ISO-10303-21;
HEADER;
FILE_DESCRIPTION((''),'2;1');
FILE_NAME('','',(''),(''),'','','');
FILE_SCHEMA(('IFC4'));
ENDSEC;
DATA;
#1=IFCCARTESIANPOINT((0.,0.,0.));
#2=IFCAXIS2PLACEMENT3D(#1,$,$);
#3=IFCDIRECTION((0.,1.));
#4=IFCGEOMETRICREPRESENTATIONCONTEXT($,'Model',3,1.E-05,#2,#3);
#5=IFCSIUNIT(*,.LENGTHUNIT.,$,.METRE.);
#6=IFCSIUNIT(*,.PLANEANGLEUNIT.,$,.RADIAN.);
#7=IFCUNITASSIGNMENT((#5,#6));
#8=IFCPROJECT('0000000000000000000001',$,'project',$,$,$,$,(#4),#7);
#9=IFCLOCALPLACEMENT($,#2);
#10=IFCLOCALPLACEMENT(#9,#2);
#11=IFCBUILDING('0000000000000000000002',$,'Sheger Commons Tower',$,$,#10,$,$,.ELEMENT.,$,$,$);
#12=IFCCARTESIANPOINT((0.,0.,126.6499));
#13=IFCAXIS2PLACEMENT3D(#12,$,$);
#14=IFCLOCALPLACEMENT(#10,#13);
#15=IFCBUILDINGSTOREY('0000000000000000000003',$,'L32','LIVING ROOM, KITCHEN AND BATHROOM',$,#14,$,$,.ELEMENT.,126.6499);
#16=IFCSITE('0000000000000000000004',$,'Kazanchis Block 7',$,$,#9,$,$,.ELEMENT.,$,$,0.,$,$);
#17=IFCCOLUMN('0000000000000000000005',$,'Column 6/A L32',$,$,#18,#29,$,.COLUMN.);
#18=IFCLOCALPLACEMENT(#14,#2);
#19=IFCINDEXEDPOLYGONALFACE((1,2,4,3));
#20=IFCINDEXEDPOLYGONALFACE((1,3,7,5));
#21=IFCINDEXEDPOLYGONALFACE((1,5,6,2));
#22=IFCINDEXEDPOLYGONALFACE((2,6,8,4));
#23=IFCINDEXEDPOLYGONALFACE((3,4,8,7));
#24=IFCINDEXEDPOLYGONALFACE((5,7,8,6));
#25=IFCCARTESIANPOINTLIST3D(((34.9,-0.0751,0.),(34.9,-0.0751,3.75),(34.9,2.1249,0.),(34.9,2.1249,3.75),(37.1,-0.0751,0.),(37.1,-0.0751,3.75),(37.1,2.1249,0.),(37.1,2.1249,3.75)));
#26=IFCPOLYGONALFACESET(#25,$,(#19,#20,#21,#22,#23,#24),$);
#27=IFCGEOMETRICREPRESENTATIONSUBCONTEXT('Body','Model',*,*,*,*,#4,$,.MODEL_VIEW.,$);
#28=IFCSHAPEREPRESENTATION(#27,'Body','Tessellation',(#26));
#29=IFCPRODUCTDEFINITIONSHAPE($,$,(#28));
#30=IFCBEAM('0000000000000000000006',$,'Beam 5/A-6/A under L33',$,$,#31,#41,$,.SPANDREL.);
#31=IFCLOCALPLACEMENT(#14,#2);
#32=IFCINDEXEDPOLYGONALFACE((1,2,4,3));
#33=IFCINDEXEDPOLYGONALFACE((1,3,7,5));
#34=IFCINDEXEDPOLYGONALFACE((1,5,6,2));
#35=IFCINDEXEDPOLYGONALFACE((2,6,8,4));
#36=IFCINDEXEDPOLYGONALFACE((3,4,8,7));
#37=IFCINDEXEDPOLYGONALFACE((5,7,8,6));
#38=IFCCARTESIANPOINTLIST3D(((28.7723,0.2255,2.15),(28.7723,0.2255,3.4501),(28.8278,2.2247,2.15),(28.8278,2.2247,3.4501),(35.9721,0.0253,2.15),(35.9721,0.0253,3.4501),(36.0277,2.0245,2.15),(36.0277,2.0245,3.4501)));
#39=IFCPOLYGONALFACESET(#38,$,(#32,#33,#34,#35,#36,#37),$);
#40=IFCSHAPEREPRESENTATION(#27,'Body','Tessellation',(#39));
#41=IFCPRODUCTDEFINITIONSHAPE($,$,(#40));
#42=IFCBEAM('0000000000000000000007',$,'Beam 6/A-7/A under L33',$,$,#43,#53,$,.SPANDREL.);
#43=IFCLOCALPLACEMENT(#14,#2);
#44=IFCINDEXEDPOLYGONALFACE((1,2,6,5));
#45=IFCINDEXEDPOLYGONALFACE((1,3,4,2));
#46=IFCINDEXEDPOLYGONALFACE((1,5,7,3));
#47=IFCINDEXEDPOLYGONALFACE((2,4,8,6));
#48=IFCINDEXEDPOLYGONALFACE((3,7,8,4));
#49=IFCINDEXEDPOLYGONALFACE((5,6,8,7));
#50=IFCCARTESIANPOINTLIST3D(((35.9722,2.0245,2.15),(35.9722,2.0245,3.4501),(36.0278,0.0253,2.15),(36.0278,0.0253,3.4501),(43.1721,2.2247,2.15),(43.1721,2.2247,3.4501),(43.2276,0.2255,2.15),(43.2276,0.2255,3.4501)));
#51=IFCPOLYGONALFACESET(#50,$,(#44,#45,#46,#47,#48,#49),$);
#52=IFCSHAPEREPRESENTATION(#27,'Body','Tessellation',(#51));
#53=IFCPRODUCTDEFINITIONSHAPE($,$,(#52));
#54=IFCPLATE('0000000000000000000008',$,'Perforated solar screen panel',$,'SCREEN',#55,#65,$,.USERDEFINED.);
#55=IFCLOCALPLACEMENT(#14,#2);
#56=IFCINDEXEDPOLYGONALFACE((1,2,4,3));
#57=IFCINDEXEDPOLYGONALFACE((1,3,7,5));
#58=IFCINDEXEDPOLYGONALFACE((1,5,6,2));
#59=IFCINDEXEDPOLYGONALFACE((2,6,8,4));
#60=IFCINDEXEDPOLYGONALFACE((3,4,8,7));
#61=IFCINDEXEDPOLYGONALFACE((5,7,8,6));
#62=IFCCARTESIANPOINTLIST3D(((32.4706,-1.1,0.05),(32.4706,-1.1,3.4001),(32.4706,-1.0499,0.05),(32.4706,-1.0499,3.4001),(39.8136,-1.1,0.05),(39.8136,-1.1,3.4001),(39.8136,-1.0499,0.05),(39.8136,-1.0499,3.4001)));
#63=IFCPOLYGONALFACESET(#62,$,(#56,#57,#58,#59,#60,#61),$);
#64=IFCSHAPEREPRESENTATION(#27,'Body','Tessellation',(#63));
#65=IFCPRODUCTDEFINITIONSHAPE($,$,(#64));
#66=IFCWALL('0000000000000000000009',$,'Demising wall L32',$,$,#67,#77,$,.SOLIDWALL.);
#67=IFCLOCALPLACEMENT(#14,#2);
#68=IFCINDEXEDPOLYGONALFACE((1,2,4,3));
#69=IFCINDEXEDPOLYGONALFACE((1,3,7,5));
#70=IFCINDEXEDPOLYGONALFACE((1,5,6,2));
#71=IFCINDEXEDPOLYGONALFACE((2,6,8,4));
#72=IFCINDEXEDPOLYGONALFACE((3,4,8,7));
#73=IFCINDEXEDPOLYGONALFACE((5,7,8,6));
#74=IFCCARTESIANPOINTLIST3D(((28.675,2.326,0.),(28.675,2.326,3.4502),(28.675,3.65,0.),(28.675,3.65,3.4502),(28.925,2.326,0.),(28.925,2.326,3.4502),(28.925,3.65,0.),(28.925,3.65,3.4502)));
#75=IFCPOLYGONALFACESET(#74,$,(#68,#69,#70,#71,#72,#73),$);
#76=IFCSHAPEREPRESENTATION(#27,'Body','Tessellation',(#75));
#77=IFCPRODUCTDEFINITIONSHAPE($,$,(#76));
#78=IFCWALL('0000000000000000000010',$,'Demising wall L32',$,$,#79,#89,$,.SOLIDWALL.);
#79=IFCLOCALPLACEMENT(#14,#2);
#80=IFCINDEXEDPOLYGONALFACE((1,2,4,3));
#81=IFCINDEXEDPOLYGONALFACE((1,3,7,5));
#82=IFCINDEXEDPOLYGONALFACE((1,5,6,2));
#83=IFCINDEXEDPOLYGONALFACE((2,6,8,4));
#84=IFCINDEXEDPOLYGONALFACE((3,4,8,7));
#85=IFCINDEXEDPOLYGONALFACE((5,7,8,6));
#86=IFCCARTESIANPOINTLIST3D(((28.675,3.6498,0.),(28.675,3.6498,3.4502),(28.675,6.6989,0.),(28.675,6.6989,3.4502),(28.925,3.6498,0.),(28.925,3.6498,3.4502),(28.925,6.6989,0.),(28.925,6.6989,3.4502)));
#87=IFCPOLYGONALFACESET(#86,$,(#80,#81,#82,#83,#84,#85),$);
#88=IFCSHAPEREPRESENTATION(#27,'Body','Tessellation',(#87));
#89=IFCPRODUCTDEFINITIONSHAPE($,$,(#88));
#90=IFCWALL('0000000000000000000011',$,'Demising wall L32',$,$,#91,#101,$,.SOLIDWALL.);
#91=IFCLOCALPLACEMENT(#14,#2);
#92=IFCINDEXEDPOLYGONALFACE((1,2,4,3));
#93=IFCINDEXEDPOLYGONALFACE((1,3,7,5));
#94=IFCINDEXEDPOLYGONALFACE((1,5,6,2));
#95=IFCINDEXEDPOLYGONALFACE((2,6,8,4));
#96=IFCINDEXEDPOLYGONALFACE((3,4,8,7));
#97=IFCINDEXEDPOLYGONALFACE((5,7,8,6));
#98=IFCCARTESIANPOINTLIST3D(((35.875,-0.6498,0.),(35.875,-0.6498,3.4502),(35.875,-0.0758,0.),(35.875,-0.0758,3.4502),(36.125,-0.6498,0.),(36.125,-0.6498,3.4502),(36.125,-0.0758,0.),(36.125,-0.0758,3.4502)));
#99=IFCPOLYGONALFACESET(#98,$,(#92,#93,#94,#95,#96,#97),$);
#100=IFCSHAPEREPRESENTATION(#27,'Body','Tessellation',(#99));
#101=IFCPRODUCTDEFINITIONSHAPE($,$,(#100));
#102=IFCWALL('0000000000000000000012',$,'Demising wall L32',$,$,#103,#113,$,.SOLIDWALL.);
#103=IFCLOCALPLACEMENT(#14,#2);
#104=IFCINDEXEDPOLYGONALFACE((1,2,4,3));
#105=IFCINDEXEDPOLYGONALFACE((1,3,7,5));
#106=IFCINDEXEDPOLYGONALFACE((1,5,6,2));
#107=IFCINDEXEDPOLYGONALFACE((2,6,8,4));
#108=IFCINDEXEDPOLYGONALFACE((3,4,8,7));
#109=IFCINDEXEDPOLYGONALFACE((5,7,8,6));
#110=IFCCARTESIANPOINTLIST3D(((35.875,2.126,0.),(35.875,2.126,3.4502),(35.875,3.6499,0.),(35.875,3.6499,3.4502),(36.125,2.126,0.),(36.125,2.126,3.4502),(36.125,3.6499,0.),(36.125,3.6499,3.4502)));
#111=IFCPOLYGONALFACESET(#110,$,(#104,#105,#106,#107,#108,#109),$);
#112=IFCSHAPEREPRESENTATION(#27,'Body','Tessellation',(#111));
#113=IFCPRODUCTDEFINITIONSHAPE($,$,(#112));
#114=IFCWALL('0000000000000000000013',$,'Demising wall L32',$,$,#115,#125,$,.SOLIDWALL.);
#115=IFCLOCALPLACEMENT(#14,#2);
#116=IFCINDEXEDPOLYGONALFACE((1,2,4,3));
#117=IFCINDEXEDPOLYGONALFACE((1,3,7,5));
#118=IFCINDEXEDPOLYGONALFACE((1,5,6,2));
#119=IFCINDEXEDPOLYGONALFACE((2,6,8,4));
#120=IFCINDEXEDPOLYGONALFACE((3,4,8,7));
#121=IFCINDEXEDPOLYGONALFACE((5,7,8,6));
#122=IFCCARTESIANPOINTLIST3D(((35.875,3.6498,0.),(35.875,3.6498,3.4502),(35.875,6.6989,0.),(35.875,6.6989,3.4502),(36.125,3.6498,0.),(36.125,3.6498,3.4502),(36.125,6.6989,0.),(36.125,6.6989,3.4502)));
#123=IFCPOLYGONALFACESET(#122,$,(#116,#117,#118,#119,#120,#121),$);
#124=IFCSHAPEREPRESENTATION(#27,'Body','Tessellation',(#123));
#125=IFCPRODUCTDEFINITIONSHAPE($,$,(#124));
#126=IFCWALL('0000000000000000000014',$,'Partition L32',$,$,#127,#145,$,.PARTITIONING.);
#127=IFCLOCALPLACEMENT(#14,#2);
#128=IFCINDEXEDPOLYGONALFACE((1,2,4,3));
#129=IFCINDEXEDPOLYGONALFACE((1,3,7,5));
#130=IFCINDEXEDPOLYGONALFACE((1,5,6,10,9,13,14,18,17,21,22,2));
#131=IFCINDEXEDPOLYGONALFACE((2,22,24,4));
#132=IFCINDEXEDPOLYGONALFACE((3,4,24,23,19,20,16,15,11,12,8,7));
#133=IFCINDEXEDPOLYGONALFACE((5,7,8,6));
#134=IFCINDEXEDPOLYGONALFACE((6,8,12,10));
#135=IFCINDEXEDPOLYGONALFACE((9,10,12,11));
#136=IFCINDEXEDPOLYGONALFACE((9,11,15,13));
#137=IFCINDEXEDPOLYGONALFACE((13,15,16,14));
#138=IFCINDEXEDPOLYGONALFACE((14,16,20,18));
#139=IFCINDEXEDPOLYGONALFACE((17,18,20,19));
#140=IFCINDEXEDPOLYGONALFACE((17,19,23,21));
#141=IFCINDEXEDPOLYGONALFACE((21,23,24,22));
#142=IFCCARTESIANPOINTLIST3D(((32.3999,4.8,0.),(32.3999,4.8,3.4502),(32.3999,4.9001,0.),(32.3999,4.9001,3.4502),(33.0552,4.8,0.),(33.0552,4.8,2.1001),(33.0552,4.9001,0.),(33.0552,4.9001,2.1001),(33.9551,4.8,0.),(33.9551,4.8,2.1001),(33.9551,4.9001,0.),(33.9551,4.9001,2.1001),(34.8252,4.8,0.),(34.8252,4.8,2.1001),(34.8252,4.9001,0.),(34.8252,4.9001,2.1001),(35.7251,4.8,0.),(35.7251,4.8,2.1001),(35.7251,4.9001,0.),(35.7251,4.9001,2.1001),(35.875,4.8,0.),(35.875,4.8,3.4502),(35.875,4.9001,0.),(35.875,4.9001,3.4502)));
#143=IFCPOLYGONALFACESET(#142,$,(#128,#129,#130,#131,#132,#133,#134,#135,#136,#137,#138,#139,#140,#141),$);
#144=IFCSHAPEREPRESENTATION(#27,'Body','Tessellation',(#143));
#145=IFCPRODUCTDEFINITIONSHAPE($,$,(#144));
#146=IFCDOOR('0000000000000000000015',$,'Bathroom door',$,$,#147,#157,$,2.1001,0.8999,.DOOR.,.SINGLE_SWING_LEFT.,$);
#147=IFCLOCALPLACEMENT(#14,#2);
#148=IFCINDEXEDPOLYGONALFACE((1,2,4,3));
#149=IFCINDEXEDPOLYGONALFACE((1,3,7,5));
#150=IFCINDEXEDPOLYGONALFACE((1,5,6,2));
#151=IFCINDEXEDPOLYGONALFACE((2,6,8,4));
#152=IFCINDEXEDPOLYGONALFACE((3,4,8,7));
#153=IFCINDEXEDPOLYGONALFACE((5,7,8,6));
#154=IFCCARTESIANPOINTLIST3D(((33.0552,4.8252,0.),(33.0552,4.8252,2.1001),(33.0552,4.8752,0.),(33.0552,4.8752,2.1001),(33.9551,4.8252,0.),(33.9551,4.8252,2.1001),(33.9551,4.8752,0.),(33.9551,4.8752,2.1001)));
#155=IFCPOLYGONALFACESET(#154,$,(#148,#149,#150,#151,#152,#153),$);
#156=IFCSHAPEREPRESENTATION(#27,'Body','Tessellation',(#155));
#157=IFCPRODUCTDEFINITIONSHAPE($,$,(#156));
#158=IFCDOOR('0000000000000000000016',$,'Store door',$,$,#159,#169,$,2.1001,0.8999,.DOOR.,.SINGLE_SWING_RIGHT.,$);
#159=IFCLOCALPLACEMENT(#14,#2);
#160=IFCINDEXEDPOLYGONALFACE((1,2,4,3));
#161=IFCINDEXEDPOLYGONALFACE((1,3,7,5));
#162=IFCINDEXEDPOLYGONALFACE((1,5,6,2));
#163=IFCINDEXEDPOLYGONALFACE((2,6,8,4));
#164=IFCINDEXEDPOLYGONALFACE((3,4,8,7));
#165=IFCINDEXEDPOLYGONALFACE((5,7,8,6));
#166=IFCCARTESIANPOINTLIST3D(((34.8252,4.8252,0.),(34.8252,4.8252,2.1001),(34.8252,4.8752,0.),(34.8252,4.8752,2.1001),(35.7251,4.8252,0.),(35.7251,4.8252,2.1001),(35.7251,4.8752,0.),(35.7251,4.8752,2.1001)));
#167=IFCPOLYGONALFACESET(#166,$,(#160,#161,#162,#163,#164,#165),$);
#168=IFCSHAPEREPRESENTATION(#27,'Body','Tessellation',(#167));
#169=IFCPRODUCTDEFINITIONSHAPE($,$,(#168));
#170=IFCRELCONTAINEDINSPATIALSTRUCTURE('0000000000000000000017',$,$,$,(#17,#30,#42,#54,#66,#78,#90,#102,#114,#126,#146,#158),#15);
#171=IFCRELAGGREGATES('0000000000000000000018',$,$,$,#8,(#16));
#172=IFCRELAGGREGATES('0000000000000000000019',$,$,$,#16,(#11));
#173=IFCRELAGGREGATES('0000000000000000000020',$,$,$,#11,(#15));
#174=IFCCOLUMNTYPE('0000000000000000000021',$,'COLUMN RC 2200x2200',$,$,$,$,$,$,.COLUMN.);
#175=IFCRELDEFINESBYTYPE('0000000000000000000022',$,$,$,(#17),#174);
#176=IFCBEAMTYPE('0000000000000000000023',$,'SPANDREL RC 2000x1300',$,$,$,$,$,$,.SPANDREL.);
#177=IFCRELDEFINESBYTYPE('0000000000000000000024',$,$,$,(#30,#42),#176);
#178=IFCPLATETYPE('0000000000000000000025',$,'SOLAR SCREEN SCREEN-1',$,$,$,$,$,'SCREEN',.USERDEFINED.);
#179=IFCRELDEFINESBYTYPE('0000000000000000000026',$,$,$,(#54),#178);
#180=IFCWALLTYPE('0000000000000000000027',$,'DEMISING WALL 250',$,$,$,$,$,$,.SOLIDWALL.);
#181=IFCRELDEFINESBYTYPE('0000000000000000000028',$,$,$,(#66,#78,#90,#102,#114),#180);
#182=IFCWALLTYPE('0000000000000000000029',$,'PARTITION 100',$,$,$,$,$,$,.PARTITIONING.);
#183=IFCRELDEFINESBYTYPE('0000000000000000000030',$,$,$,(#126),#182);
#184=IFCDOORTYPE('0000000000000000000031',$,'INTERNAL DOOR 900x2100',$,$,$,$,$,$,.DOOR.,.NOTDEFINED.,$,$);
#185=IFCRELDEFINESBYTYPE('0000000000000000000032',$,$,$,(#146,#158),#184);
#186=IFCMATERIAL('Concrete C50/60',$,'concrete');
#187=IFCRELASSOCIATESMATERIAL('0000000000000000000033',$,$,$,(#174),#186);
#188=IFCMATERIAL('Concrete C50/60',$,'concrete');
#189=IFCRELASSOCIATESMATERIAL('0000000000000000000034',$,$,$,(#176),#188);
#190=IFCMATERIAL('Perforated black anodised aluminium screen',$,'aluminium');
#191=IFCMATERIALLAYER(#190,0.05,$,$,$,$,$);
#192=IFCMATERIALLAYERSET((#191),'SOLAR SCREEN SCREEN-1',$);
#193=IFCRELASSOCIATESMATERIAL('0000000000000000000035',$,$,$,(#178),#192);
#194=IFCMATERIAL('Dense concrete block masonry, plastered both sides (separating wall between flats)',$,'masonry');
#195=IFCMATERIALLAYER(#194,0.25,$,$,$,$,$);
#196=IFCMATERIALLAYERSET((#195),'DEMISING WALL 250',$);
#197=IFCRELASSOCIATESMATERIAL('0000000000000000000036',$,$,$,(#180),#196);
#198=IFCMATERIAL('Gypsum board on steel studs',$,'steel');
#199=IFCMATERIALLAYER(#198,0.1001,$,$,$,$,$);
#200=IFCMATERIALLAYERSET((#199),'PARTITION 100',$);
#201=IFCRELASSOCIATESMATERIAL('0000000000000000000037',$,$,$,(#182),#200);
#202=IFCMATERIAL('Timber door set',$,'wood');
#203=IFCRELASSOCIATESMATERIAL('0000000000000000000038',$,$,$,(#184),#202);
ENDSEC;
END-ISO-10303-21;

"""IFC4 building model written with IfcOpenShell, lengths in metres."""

from ifc_helpers import new_model, si_unit, direction, frame, frame_2d, origin, origin_2d, place, context, subcontext, project, spatial, rectangle, extrude, material, layer, layer_set, material_profile, profile_set, type_object, element, fill, save


model = new_model("IFC4")

# Units and contexts
model_context = context("Model", 3, precision=1e-05, world=origin(), true_north=direction((0.0, 1.0)))
body_context = subcontext(model_context, "Body", "Model", "MODEL_VIEW")
ifc_project = project(units=[si_unit("LENGTHUNIT", "METRE"), si_unit("PLANEANGLEUNIT", "RADIAN")], contexts=[model_context])

# Site, building, storey
site_placement = place(None, origin())
site = spatial("IfcSite", under=ifc_project, at=site_placement, Name="Kazanchis Block 7", CompositionType="ELEMENT", RefElevation=0.0)
building_placement = place(site_placement, origin())
building = spatial("IfcBuilding", under=site, at=building_placement, Name="Sheger Commons Tower", CompositionType="ELEMENT")
storey_placement = place(building_placement, frame((0.0, 0.0, 126.6499)))
storey = spatial("IfcBuildingStorey", under=building, at=storey_placement, Name="L32", Description="LIVING ROOM, KITCHEN AND BATHROOM", CompositionType="ELEMENT", Elevation=126.6499)

# Column
ifc_material_1 = material(Name="Concrete C50/60", Category="concrete")
ifc_material_profile_1 = material_profile(ifc_material_1, rectangle(XDim=2.2, YDim=2.2, at=origin_2d()), Name="RC 2200x2200")
ifc_profile_set_1 = profile_set([ifc_material_profile_1], Name="Concrete C50/60")
column_type = type_object("IfcColumnType", Name="COLUMN RC 2200x2200", PredefinedType="COLUMN", material=ifc_profile_set_1)
column_placement = place(storey_placement, frame((36.0, 1.0249, 0.0), z_axis=(0.0, 0.0, 1.0), x_axis=(1.0, 0.0, 0.0)))
element("IfcColumn", 1, at=column_placement, inside=storey, type_object=column_type, Name="Column 6/A L32", PredefinedType="COLUMN", context=body_context, shape_type="SweptSolid", body=[
    extrude(rectangle(XDim=2.2, YDim=2.2, at=origin_2d()), origin(), (0.0, 0.0, 1.0), 3.75),
])

# Beams
ifc_material_2 = material(Name="Concrete C50/60", Category="concrete")
ifc_material_profile_2 = material_profile(ifc_material_2, rectangle(XDim=2.0, YDim=1.3, at=origin_2d()), Name="RC 2000x1300")
ifc_profile_set_2 = profile_set([ifc_material_profile_2], Name="Concrete C50/60")
beam_type = type_object("IfcBeamType", Name="SPANDREL RC 2000x1300", PredefinedType="SPANDREL", material=ifc_profile_set_2)
for number, where, z_axis, x_axis, name in (
    (2, (28.8, 1.2251, 2.8), (0.999614, -0.027794, 0.0), (0.027794, 0.999614, 0.0), "Beam 5/A-6/A under L33"),
    (3, (36.0, 1.0249, 2.8), (0.999614, 0.027794, 0.0), (-0.027794, 0.999614, 0.0), "Beam 6/A-7/A under L33"),
):
    element("IfcBeam", number, at=place(storey_placement, frame(where, z_axis=z_axis, x_axis=x_axis)), inside=storey, type_object=beam_type, Name=name, PredefinedType="SPANDREL", context=body_context, shape_type="SweptSolid", body=[
        extrude(rectangle(XDim=2.0, YDim=1.3, at=origin_2d()), origin(), (0.0, 0.0, 1.0), 7.2026),
    ])

# Plate
ifc_material_3 = material(Name="Perforated black anodised aluminium screen", Category="aluminium")
ifc_layer_1 = layer(ifc_material_3, 0.05)
ifc_layer_set_1 = layer_set([ifc_layer_1], Name="SOLAR SCREEN SCREEN-1")
plate_type = type_object("IfcPlateType", Name="SOLAR SCREEN SCREEN-1", ElementType="SCREEN", PredefinedType="USERDEFINED", material=ifc_layer_set_1)
plate_placement = place(storey_placement, frame((36.1421, -1.075, 0.05), z_axis=(0.0, 0.0, 1.0), x_axis=(1.0, 0.0, 0.0)))
element("IfcPlate", 4, at=plate_placement, inside=storey, type_object=plate_type, Name="Perforated solar screen panel", ObjectType="SCREEN", PredefinedType="USERDEFINED", context=body_context, shape_type="SweptSolid", body=[
    extrude(rectangle(XDim=7.343, YDim=0.05, at=origin_2d()), origin(), (0.0, 0.0, 1.0), 3.3501),
])

# Walls
ifc_material_4 = material(Name="Dense concrete block masonry, plastered both sides (separating wall between flats)", Category="masonry")
ifc_layer_2 = layer(ifc_material_4, 0.25)
ifc_layer_set_2 = layer_set([ifc_layer_2], Name="DEMISING WALL 250")
wall_type_1 = type_object("IfcWallType", Name="DEMISING WALL 250", PredefinedType="SOLIDWALL", material=ifc_layer_set_2)
wall_1_placement = place(storey_placement, frame((28.8, 2.3259, 0.0), z_axis=(0.0, 0.0, 1.0), x_axis=(0.0, 1.0, 0.0)))
element("IfcWall", 5, at=wall_1_placement, inside=storey, type_object=wall_type_1, Name="Demising wall L32", PredefinedType="SOLIDWALL", context=body_context, shape_type="SweptSolid", body=[
    extrude(rectangle(XDim=1.324, YDim=0.25, at=frame_2d((0.6621, 0.0))), origin(), (0.0, 0.0, 1.0), 3.4502),
])
wall_2_placement = place(storey_placement, frame((28.8, 3.6499, 0.0), z_axis=(0.0, 0.0, 1.0), x_axis=(0.0, 1.0, 0.0)))
element("IfcWall", 6, at=wall_2_placement, inside=storey, type_object=wall_type_1, Name="Demising wall L32", PredefinedType="SOLIDWALL", context=body_context, shape_type="SweptSolid", body=[
    extrude(rectangle(XDim=3.0491, YDim=0.25, at=frame_2d((1.5244, 0.0))), origin(), (0.0, 0.0, 1.0), 3.4502),
])
wall_3_placement = place(storey_placement, frame((36.0, -0.6499, 0.0), z_axis=(0.0, 0.0, 1.0), x_axis=(0.0, 1.0, 0.0)))
element("IfcWall", 7, at=wall_3_placement, inside=storey, type_object=wall_type_1, Name="Demising wall L32", PredefinedType="SOLIDWALL", context=body_context, shape_type="SweptSolid", body=[
    extrude(rectangle(XDim=0.574, YDim=0.25, at=frame_2d((0.2871, 0.0))), origin(), (0.0, 0.0, 1.0), 3.4502),
])
wall_4_placement = place(storey_placement, frame((36.0, 2.126, 0.0), z_axis=(0.0, 0.0, 1.0), x_axis=(0.0, 1.0, 0.0)))
element("IfcWall", 8, at=wall_4_placement, inside=storey, type_object=wall_type_1, Name="Demising wall L32", PredefinedType="SOLIDWALL", context=body_context, shape_type="SweptSolid", body=[
    extrude(rectangle(XDim=1.5239, YDim=0.25, at=frame_2d((0.762, 0.0))), origin(), (0.0, 0.0, 1.0), 3.4502),
])
wall_5_placement = place(storey_placement, frame((36.0, 3.6499, 0.0), z_axis=(0.0, 0.0, 1.0), x_axis=(0.0, 1.0, 0.0)))
element("IfcWall", 9, at=wall_5_placement, inside=storey, type_object=wall_type_1, Name="Demising wall L32", PredefinedType="SOLIDWALL", context=body_context, shape_type="SweptSolid", body=[
    extrude(rectangle(XDim=3.0491, YDim=0.25, at=frame_2d((1.5244, 0.0))), origin(), (0.0, 0.0, 1.0), 3.4502),
])

# Wall, openings, doors
ifc_material_5 = material(Name="Gypsum board on steel studs", Category="steel")
ifc_layer_3 = layer(ifc_material_5, 0.1001)
ifc_layer_set_3 = layer_set([ifc_layer_3], Name="PARTITION 100")
wall_type_2 = type_object("IfcWallType", Name="PARTITION 100", PredefinedType="PARTITIONING", material=ifc_layer_set_3)
wall_6_placement = place(storey_placement, frame((35.875, 4.8501, 0.0), z_axis=(0.0, 0.0, 1.0), x_axis=(-1.0, 0.0, 0.0)))
wall_6 = element("IfcWall", 10, at=wall_6_placement, inside=storey, type_object=wall_type_2, Name="Partition L32", PredefinedType="PARTITIONING", context=body_context, shape_type="SweptSolid", body=[
    extrude(rectangle(XDim=3.4751, YDim=0.1001, at=frame_2d((1.7375, 0.0))), origin(), (0.0, 0.0, 1.0), 3.4502),
])
opening_1_placement = place(wall_6_placement, frame((1.9199, 0.0, 0.0)))
opening_1 = element("IfcOpeningElement", 11, at=opening_1_placement, cuts=wall_6, PredefinedType="OPENING", context=body_context, shape_type="SweptSolid", body=[
    extrude(rectangle(XDim=0.8999, YDim=2.1001, at=frame_2d((0.45, 1.05))), frame((0.0, 0.0601, 0.0), z_axis=(0.0, -1.0, 0.0), x_axis=(1.0, 0.0, 0.0)), (0.0, 0.0, 1.0), 0.1201),
])
opening_2_placement = place(wall_6_placement, frame((0.1499, 0.0, 0.0)))
opening_2 = element("IfcOpeningElement", 12, at=opening_2_placement, cuts=wall_6, PredefinedType="OPENING", context=body_context, shape_type="SweptSolid", body=[
    extrude(rectangle(XDim=0.8999, YDim=2.1001, at=frame_2d((0.45, 1.05))), frame((0.0, 0.0601, 0.0), z_axis=(0.0, -1.0, 0.0), x_axis=(1.0, 0.0, 0.0)), (0.0, 0.0, 1.0), 0.1201),
])
ifc_material_6 = material(Name="Timber door set", Category="wood")
door_type = type_object("IfcDoorType", Name="INTERNAL DOOR 900x2100", OperationType="NOTDEFINED", PredefinedType="DOOR", material=ifc_material_6)
door_1_placement = place(opening_1_placement, origin())
door_1 = element("IfcDoor", 13, at=door_1_placement, inside=storey, type_object=door_type, Name="Bathroom door", OperationType="SINGLE_SWING_LEFT", OverallHeight=2.1001, OverallWidth=0.8999, PredefinedType="DOOR", context=body_context, shape_type="SweptSolid", body=[
    extrude(rectangle(XDim=0.8999, YDim=2.1001, at=frame_2d((0.45, 1.05))), frame((0.0, 0.0249, 0.0), z_axis=(0.0, -1.0, 0.0), x_axis=(1.0, 0.0, 0.0)), (0.0, 0.0, 1.0), 0.05),
])
fill(opening_1, door_1)
door_2_placement = place(opening_2_placement, origin())
door_2 = element("IfcDoor", 14, at=door_2_placement, inside=storey, type_object=door_type, Name="Store door", OperationType="SINGLE_SWING_RIGHT", OverallHeight=2.1001, OverallWidth=0.8999, PredefinedType="DOOR", context=body_context, shape_type="SweptSolid", body=[
    extrude(rectangle(XDim=0.8999, YDim=2.1001, at=frame_2d((0.45, 1.05))), frame((0.0, 0.0249, 0.0), z_axis=(0.0, -1.0, 0.0), x_axis=(1.0, 0.0, 0.0)), (0.0, 0.0, 1.0), 0.05),
])
fill(opening_2, door_2)

save(model, "model.ifc")
